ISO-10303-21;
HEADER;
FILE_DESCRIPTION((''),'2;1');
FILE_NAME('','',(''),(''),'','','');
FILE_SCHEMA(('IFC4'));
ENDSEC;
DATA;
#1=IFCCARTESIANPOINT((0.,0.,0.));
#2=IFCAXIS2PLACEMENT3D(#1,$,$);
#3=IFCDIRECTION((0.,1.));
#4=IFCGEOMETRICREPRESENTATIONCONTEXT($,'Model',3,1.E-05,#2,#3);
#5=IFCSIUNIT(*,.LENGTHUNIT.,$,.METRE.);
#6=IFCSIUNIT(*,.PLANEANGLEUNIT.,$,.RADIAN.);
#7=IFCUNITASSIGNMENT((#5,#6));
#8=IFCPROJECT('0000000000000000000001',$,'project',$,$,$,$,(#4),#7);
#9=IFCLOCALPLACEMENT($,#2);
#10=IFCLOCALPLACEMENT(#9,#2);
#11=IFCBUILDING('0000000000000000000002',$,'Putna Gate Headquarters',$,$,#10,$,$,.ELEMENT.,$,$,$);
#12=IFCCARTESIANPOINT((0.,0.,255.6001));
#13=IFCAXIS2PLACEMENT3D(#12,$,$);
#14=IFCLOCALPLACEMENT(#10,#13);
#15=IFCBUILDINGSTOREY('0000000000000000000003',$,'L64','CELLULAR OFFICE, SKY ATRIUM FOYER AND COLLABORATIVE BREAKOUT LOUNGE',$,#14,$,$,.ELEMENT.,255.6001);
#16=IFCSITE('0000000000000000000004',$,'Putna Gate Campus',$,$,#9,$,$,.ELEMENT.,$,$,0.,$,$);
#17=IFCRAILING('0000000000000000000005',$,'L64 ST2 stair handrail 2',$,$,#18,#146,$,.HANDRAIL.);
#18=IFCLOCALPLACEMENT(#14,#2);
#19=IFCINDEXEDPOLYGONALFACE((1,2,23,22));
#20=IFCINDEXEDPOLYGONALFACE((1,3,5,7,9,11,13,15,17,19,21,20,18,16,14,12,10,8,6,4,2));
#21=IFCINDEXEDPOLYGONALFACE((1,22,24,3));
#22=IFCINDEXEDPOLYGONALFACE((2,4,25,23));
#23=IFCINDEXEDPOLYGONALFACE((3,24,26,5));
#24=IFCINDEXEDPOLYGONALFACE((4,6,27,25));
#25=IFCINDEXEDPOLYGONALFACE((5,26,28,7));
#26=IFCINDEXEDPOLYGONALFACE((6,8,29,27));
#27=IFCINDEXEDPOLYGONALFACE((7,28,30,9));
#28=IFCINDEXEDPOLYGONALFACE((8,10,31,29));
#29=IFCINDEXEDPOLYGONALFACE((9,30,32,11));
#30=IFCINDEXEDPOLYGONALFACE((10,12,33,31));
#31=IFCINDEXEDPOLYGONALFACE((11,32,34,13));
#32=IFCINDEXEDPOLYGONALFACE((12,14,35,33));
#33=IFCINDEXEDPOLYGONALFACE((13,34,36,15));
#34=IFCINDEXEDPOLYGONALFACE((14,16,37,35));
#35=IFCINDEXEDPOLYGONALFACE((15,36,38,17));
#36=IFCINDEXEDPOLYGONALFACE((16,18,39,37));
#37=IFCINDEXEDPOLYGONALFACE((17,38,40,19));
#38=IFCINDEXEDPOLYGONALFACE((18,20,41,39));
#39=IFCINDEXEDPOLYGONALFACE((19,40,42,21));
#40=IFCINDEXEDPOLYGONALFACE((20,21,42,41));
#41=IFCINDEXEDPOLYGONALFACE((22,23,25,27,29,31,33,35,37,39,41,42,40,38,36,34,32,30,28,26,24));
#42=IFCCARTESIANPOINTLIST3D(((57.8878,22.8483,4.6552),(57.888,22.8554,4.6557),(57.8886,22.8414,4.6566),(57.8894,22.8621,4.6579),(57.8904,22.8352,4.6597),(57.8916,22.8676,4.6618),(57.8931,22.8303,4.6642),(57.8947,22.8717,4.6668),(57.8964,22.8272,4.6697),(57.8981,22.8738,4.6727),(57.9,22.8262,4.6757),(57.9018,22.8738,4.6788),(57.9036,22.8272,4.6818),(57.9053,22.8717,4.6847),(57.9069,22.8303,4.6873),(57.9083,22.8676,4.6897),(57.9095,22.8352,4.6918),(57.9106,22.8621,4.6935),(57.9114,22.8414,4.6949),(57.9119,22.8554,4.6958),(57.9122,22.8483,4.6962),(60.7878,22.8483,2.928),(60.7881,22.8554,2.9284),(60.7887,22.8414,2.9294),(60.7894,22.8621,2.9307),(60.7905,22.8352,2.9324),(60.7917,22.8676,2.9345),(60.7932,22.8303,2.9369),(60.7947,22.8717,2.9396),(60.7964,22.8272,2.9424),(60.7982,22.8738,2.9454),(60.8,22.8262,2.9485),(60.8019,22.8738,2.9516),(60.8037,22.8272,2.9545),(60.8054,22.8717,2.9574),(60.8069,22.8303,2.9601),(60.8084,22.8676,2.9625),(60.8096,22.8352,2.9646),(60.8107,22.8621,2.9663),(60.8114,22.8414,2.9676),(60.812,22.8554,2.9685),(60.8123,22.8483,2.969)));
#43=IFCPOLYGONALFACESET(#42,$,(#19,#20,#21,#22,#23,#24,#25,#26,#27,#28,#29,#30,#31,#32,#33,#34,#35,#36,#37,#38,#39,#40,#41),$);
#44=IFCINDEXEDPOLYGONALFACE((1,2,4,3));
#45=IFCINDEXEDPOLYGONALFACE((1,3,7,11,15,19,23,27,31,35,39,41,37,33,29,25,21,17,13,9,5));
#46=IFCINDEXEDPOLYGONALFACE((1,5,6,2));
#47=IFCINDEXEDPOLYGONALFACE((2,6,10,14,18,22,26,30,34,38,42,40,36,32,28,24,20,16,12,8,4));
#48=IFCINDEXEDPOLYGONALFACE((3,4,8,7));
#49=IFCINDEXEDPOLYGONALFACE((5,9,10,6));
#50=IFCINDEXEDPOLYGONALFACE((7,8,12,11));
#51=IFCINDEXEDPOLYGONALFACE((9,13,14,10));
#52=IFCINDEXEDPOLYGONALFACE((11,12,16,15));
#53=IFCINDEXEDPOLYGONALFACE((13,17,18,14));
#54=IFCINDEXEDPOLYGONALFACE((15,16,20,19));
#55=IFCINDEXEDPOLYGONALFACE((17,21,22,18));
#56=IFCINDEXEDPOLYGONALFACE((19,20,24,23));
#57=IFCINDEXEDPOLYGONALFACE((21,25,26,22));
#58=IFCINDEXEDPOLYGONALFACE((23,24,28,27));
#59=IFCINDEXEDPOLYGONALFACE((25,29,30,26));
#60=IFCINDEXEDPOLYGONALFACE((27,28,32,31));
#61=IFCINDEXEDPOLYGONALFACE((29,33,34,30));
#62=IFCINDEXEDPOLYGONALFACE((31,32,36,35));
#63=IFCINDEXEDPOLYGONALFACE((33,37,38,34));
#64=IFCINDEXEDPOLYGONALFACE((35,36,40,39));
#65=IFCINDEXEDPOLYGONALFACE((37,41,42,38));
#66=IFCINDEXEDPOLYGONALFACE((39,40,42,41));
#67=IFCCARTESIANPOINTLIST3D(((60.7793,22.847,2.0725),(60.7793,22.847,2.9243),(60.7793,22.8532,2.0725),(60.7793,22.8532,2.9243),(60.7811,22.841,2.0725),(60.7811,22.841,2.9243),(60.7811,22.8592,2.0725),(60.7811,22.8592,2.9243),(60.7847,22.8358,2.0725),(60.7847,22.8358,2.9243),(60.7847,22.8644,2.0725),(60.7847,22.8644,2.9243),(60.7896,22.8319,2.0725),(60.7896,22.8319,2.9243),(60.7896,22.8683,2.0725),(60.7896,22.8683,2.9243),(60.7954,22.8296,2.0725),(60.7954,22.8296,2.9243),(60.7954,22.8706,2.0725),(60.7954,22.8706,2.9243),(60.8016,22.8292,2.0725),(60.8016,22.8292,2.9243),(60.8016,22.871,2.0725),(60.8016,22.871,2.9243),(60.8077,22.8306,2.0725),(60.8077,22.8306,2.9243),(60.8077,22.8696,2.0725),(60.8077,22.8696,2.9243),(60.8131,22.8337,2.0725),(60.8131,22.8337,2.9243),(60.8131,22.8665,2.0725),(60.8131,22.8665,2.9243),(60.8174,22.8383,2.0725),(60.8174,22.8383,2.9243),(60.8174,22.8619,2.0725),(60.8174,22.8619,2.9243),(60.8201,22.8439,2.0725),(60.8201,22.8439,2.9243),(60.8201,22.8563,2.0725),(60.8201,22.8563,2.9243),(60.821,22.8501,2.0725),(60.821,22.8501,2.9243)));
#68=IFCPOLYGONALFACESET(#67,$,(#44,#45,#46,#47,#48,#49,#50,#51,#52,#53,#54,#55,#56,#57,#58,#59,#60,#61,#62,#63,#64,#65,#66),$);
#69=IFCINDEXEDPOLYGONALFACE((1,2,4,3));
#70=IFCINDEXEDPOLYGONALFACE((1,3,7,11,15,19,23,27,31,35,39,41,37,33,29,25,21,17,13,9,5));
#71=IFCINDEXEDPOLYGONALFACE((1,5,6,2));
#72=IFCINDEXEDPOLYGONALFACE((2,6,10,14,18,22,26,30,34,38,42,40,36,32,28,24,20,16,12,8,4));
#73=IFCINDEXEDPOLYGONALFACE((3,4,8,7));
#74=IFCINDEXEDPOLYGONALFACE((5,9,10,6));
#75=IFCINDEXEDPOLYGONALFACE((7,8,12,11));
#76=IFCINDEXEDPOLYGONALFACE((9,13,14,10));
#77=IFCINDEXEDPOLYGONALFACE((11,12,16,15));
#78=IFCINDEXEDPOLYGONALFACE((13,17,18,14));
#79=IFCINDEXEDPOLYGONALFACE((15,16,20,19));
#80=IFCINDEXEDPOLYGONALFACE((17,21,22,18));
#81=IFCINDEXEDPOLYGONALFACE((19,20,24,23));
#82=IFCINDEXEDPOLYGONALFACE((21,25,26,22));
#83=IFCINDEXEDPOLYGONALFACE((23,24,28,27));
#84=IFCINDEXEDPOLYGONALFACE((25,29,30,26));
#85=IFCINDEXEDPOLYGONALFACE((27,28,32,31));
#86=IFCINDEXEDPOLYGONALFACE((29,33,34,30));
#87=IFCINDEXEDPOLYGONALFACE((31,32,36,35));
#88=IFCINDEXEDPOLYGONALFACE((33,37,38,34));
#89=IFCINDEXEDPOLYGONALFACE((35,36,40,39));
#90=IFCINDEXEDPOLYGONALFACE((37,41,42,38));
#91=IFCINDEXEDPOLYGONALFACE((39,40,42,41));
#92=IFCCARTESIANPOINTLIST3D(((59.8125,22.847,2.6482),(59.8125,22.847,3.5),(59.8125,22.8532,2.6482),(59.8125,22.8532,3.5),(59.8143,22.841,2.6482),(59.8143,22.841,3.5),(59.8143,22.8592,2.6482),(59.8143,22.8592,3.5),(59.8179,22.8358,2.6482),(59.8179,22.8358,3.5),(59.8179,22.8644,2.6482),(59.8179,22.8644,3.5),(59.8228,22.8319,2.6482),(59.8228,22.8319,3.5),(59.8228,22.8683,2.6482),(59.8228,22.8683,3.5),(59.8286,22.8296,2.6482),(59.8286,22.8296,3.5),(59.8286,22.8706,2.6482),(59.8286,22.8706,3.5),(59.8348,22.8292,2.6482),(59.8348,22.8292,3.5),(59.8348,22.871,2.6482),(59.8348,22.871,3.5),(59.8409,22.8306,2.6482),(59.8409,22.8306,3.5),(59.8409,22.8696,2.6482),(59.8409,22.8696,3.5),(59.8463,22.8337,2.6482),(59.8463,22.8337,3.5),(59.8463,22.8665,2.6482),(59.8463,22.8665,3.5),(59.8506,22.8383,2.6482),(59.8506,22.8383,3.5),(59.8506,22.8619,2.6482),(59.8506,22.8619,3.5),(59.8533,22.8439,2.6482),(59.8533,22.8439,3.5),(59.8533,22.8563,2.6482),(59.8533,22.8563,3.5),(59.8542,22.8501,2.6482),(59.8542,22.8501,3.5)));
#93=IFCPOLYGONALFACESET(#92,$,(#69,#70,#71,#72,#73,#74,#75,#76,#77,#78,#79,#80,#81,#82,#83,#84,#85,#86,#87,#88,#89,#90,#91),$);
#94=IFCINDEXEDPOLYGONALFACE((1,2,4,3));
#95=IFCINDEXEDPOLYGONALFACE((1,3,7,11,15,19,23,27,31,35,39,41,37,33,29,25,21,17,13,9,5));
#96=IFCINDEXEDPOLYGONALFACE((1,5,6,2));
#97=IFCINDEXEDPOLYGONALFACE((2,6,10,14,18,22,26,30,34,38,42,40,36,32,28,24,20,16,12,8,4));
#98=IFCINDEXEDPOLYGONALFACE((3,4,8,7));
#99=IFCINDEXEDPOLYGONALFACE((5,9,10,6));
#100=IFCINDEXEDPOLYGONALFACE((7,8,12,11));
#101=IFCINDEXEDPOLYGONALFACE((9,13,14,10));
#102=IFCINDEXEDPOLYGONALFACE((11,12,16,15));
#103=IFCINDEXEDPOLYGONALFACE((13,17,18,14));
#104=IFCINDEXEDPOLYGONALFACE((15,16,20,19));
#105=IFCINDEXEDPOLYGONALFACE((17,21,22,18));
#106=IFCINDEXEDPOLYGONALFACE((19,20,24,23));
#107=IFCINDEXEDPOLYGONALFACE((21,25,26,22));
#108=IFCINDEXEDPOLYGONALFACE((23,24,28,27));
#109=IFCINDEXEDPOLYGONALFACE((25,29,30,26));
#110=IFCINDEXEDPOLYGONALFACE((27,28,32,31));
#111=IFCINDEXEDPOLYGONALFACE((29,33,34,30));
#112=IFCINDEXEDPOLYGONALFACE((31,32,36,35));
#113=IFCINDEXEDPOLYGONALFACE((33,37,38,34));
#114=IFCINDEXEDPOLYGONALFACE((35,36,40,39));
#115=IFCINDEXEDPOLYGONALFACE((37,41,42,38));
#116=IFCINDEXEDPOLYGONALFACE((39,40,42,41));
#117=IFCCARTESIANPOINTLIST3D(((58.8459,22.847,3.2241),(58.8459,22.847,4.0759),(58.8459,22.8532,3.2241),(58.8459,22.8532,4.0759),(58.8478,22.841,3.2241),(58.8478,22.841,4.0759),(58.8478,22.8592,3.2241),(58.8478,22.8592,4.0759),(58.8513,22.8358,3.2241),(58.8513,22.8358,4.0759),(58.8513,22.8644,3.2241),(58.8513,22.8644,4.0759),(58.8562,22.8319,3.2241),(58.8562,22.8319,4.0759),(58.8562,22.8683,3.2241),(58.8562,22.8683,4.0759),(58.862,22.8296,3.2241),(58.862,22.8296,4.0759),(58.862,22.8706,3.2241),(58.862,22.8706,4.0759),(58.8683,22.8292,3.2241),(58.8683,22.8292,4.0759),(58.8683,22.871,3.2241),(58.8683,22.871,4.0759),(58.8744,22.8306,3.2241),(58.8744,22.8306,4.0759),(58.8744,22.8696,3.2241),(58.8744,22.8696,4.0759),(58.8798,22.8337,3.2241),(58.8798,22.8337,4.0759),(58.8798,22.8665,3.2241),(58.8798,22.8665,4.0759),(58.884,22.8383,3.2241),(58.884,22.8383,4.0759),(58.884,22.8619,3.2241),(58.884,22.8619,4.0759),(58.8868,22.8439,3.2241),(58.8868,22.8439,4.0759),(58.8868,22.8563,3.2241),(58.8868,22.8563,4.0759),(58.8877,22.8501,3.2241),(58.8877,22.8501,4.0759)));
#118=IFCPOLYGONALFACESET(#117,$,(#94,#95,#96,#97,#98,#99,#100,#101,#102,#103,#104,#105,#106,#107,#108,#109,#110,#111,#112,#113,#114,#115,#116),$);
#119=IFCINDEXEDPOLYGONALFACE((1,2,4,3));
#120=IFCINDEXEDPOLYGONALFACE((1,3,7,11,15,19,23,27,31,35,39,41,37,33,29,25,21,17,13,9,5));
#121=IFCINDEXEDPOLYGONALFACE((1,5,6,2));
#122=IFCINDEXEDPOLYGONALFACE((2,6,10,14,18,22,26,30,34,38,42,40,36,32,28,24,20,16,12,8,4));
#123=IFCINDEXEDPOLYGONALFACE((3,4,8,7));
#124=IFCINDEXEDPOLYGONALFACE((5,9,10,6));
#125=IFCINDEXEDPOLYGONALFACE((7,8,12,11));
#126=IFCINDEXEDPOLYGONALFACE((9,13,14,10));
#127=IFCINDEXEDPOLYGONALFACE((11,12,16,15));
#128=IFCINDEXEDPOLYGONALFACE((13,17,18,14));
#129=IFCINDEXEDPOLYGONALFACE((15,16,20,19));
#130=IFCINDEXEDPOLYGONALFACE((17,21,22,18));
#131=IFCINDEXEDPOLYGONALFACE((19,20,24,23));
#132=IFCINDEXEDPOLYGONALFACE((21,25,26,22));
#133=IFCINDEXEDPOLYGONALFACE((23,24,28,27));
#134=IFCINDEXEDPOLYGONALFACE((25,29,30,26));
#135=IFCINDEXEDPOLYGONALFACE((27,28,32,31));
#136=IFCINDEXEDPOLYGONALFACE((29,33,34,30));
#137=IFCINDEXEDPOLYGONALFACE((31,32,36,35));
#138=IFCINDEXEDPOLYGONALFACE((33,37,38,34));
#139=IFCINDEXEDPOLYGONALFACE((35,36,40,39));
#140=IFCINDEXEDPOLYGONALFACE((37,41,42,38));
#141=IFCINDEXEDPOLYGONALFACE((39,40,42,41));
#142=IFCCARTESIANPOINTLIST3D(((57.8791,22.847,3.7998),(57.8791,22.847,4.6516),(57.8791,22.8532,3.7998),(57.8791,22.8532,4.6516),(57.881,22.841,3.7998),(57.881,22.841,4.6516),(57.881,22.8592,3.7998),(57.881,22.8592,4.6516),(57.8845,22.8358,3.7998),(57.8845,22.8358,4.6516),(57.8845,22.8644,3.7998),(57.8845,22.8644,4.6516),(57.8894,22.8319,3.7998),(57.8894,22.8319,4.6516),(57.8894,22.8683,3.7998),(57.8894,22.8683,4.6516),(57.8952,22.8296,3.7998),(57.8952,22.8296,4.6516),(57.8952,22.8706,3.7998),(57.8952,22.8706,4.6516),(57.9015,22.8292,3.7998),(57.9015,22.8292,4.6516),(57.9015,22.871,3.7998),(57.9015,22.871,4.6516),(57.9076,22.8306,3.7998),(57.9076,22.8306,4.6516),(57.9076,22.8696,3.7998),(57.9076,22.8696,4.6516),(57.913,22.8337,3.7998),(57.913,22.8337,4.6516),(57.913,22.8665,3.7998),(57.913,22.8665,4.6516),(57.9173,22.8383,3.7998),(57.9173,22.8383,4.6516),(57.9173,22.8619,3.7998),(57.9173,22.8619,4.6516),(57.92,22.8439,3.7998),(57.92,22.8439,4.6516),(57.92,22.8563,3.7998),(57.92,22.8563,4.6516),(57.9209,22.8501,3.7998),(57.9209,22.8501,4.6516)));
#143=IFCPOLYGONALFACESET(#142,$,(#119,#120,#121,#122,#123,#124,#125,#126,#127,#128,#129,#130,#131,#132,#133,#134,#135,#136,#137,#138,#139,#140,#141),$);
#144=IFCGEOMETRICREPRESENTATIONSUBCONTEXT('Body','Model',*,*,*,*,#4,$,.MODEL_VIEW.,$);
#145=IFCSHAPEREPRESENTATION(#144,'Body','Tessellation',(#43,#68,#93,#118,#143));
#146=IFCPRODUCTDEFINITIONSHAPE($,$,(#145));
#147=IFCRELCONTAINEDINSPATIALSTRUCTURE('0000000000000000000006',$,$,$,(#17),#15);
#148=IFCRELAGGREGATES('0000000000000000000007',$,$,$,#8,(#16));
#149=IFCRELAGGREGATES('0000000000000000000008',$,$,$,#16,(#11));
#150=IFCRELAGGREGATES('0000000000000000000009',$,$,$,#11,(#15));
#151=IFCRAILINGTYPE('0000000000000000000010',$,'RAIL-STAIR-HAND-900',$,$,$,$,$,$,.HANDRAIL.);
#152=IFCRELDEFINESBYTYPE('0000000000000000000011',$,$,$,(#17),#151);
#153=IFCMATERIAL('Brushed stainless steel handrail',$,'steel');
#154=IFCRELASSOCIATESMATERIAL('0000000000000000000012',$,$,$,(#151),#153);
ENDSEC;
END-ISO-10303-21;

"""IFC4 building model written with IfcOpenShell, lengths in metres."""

from ifc_helpers import new_model, si_unit, direction, frame, origin, origin_2d, place, context, subcontext, project, spatial, circle, extrude, material, type_object, element, save


model = new_model("IFC4")

# Units and contexts
model_context = context("Model", 3, precision=1e-05, world=origin(), true_north=direction((0.0, 1.0)))
body_context = subcontext(model_context, "Body", "Model", "MODEL_VIEW")
ifc_project = project(units=[si_unit("LENGTHUNIT", "METRE"), si_unit("PLANEANGLEUNIT", "RADIAN")], contexts=[model_context])

# Site, building, storey
site_placement = place(None, origin())
site = spatial("IfcSite", under=ifc_project, at=site_placement, Name="Putna Gate Campus", CompositionType="ELEMENT", RefElevation=0.0)
building_placement = place(site_placement, origin())
building = spatial("IfcBuilding", under=site, at=building_placement, Name="Putna Gate Headquarters", CompositionType="ELEMENT")
storey_placement = place(building_placement, frame((0.0, 0.0, 255.6001)))
storey = spatial("IfcBuildingStorey", under=building, at=storey_placement, Name="L64", Description="CELLULAR OFFICE, SKY ATRIUM FOYER AND COLLABORATIVE BREAKOUT LOUNGE", CompositionType="ELEMENT", Elevation=255.6001)

# Railing
ifc_material_1 = material(Name="Brushed stainless steel handrail", Category="steel")
railing_type_1 = type_object("IfcRailingType", Name="RAIL-STAIR-HAND-900", PredefinedType="HANDRAIL", material=ifc_material_1)
railing_1_placement = place(storey_placement, frame((60.8, 22.8501, 2.0725)))
element("IfcRailing", 1, at=railing_1_placement, inside=storey, type_object=railing_type_1, Name="L64 ST2 stair handrail 2", PredefinedType="HANDRAIL", context=body_context, shape_type="SweptSolid", body=[
    extrude(circle(Radius=0.0239, at=origin_2d()), frame((0.0, 0.0, 0.876), z_axis=(-0.85916, 0.0, 0.511706), x_axis=(0.0, -1.0, 0.0)), (0.0, 0.0, 1.0), 3.3755),
    extrude(circle(Radius=0.021, at=origin_2d()), origin(), (0.0, 0.0, 1.0), 0.8518),
    extrude(circle(Radius=0.021, at=origin_2d()), frame((-0.9668, 0.0, 0.5757)), (0.0, 0.0, 1.0), 0.8518),
    extrude(circle(Radius=0.021, at=origin_2d()), frame((-1.9333, 0.0, 1.1516)), (0.0, 0.0, 1.0), 0.8518),
    extrude(circle(Radius=0.021, at=origin_2d()), frame((-2.9001, 0.0, 1.7273)), (0.0, 0.0, 1.0), 0.8518),
])

save(model, "model.ifc")
